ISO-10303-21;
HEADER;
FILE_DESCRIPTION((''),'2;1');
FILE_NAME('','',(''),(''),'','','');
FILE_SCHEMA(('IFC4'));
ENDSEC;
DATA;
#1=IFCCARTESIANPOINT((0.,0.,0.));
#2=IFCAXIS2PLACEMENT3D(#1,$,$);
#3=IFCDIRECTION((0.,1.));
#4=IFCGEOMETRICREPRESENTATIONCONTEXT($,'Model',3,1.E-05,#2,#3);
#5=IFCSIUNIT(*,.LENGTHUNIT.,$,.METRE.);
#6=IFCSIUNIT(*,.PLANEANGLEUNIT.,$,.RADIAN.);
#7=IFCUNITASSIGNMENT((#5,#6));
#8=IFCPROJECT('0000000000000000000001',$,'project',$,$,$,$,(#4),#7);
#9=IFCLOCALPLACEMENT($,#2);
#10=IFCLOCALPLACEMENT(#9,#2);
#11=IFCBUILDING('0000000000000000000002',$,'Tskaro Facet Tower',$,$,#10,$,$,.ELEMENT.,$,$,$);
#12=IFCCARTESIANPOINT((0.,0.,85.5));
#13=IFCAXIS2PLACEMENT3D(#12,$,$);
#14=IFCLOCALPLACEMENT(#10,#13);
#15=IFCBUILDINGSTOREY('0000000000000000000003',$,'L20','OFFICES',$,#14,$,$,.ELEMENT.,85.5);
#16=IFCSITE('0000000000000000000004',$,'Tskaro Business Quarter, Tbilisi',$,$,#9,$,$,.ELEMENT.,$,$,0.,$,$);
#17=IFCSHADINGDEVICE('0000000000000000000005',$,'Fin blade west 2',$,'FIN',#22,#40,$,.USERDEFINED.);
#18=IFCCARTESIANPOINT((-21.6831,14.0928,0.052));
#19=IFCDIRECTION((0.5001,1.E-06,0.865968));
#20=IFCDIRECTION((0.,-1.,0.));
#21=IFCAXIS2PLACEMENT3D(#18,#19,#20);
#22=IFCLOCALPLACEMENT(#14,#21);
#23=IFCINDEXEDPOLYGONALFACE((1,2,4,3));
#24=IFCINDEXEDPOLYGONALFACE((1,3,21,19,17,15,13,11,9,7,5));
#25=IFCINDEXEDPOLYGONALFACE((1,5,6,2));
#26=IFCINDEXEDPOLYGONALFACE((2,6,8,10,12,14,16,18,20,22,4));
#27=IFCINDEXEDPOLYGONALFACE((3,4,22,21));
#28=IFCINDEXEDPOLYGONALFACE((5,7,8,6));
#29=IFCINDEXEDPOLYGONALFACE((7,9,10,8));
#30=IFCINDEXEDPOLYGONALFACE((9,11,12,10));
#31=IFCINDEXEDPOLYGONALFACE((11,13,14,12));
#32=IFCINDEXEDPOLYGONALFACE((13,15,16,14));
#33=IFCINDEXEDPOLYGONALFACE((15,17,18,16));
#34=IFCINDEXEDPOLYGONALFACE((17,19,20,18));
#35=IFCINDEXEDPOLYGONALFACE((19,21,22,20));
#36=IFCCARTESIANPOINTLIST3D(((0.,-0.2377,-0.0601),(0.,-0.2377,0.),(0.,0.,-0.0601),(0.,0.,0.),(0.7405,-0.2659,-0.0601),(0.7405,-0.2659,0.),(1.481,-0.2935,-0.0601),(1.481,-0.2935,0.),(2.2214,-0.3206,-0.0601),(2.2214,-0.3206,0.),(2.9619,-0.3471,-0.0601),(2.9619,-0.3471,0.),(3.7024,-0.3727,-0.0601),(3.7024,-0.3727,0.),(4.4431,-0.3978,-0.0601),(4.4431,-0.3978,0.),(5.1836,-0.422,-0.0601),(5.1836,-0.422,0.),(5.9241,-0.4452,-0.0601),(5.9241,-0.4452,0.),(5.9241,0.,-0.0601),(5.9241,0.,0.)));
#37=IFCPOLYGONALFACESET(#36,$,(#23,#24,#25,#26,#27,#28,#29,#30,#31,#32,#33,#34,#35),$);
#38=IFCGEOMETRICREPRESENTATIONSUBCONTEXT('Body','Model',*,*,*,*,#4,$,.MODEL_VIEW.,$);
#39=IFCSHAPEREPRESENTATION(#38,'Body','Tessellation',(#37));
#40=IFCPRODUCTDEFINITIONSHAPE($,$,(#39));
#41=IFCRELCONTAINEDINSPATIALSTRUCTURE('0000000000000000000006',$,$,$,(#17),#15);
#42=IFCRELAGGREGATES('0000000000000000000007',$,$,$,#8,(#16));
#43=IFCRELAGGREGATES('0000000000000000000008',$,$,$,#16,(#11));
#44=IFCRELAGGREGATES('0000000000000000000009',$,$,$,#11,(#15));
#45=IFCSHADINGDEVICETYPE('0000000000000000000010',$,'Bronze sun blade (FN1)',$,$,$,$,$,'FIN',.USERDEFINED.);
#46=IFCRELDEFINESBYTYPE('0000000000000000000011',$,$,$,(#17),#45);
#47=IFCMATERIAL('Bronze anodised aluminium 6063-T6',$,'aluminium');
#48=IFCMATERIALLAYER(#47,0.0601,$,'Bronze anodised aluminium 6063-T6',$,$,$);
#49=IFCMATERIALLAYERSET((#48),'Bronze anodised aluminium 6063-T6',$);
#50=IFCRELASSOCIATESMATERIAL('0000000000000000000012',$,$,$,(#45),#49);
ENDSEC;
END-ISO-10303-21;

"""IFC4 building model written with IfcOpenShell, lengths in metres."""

from ifc_helpers import new_model, si_unit, direction, frame, origin, place, context, subcontext, project, spatial, polyline, outline, extrude, material, layer, layer_set, type_object, element, save


model = new_model("IFC4")

# Units and contexts
model_context = context("Model", 3, precision=1e-05, world=origin(), true_north=direction((0.0, 1.0)))
body_context = subcontext(model_context, "Body", "Model", "MODEL_VIEW")
ifc_project = project(units=[si_unit("LENGTHUNIT", "METRE"), si_unit("PLANEANGLEUNIT", "RADIAN")], contexts=[model_context])

# Site, building, storey
site_placement = place(None, origin())
site = spatial("IfcSite", under=ifc_project, at=site_placement, Name="Tskaro Business Quarter, Tbilisi", CompositionType="ELEMENT", RefElevation=0.0)
building_placement = place(site_placement, origin())
building = spatial("IfcBuilding", under=site, at=building_placement, Name="Tskaro Facet Tower", CompositionType="ELEMENT")
storey_placement = place(building_placement, frame((0.0, 0.0, 85.5)))
storey = spatial("IfcBuildingStorey", under=building, at=storey_placement, Name="L20", Description="OFFICES", CompositionType="ELEMENT", Elevation=85.5)

# Shared definitions
ifc_material_1 = material(Name="Bronze anodised aluminium 6063-T6", Category="aluminium")

# Shading device
ifc_layer_1 = layer(ifc_material_1, 0.0601, Name="Bronze anodised aluminium 6063-T6")
ifc_layer_set_1 = layer_set([ifc_layer_1], Name="Bronze anodised aluminium 6063-T6")
shading_device_type = type_object("IfcShadingDeviceType", Name="Bronze sun blade (FN1)", ElementType="FIN", PredefinedType="USERDEFINED", material=ifc_layer_set_1)
shading_device_1_placement = place(storey_placement, frame((-21.6831, 14.0928, 0.052), z_axis=(0.5001, 0.000001, 0.865968), x_axis=(0.0, -1.0, 0.0)))
element("IfcShadingDevice", 1, at=shading_device_1_placement, inside=storey, type_object=shading_device_type, Name="Fin blade west 2", ObjectType="FIN", PredefinedType="USERDEFINED", context=body_context, shape_type="SweptSolid", body=[
    extrude(outline(polyline([(0.0, 0.0), (5.9241, 0.0), (5.9241, -0.4452), (5.1836, -0.422), (4.4431, -0.3978), (3.7024, -0.3727), (2.9619, -0.3471), (2.2214, -0.3206), (1.481, -0.2935), (0.7405, -0.2659), (0.0, -0.2377), (0.0, 0.0)])), origin(), (0.0, 0.0, -1.0), 0.0601),
])

save(model, "model.ifc")
